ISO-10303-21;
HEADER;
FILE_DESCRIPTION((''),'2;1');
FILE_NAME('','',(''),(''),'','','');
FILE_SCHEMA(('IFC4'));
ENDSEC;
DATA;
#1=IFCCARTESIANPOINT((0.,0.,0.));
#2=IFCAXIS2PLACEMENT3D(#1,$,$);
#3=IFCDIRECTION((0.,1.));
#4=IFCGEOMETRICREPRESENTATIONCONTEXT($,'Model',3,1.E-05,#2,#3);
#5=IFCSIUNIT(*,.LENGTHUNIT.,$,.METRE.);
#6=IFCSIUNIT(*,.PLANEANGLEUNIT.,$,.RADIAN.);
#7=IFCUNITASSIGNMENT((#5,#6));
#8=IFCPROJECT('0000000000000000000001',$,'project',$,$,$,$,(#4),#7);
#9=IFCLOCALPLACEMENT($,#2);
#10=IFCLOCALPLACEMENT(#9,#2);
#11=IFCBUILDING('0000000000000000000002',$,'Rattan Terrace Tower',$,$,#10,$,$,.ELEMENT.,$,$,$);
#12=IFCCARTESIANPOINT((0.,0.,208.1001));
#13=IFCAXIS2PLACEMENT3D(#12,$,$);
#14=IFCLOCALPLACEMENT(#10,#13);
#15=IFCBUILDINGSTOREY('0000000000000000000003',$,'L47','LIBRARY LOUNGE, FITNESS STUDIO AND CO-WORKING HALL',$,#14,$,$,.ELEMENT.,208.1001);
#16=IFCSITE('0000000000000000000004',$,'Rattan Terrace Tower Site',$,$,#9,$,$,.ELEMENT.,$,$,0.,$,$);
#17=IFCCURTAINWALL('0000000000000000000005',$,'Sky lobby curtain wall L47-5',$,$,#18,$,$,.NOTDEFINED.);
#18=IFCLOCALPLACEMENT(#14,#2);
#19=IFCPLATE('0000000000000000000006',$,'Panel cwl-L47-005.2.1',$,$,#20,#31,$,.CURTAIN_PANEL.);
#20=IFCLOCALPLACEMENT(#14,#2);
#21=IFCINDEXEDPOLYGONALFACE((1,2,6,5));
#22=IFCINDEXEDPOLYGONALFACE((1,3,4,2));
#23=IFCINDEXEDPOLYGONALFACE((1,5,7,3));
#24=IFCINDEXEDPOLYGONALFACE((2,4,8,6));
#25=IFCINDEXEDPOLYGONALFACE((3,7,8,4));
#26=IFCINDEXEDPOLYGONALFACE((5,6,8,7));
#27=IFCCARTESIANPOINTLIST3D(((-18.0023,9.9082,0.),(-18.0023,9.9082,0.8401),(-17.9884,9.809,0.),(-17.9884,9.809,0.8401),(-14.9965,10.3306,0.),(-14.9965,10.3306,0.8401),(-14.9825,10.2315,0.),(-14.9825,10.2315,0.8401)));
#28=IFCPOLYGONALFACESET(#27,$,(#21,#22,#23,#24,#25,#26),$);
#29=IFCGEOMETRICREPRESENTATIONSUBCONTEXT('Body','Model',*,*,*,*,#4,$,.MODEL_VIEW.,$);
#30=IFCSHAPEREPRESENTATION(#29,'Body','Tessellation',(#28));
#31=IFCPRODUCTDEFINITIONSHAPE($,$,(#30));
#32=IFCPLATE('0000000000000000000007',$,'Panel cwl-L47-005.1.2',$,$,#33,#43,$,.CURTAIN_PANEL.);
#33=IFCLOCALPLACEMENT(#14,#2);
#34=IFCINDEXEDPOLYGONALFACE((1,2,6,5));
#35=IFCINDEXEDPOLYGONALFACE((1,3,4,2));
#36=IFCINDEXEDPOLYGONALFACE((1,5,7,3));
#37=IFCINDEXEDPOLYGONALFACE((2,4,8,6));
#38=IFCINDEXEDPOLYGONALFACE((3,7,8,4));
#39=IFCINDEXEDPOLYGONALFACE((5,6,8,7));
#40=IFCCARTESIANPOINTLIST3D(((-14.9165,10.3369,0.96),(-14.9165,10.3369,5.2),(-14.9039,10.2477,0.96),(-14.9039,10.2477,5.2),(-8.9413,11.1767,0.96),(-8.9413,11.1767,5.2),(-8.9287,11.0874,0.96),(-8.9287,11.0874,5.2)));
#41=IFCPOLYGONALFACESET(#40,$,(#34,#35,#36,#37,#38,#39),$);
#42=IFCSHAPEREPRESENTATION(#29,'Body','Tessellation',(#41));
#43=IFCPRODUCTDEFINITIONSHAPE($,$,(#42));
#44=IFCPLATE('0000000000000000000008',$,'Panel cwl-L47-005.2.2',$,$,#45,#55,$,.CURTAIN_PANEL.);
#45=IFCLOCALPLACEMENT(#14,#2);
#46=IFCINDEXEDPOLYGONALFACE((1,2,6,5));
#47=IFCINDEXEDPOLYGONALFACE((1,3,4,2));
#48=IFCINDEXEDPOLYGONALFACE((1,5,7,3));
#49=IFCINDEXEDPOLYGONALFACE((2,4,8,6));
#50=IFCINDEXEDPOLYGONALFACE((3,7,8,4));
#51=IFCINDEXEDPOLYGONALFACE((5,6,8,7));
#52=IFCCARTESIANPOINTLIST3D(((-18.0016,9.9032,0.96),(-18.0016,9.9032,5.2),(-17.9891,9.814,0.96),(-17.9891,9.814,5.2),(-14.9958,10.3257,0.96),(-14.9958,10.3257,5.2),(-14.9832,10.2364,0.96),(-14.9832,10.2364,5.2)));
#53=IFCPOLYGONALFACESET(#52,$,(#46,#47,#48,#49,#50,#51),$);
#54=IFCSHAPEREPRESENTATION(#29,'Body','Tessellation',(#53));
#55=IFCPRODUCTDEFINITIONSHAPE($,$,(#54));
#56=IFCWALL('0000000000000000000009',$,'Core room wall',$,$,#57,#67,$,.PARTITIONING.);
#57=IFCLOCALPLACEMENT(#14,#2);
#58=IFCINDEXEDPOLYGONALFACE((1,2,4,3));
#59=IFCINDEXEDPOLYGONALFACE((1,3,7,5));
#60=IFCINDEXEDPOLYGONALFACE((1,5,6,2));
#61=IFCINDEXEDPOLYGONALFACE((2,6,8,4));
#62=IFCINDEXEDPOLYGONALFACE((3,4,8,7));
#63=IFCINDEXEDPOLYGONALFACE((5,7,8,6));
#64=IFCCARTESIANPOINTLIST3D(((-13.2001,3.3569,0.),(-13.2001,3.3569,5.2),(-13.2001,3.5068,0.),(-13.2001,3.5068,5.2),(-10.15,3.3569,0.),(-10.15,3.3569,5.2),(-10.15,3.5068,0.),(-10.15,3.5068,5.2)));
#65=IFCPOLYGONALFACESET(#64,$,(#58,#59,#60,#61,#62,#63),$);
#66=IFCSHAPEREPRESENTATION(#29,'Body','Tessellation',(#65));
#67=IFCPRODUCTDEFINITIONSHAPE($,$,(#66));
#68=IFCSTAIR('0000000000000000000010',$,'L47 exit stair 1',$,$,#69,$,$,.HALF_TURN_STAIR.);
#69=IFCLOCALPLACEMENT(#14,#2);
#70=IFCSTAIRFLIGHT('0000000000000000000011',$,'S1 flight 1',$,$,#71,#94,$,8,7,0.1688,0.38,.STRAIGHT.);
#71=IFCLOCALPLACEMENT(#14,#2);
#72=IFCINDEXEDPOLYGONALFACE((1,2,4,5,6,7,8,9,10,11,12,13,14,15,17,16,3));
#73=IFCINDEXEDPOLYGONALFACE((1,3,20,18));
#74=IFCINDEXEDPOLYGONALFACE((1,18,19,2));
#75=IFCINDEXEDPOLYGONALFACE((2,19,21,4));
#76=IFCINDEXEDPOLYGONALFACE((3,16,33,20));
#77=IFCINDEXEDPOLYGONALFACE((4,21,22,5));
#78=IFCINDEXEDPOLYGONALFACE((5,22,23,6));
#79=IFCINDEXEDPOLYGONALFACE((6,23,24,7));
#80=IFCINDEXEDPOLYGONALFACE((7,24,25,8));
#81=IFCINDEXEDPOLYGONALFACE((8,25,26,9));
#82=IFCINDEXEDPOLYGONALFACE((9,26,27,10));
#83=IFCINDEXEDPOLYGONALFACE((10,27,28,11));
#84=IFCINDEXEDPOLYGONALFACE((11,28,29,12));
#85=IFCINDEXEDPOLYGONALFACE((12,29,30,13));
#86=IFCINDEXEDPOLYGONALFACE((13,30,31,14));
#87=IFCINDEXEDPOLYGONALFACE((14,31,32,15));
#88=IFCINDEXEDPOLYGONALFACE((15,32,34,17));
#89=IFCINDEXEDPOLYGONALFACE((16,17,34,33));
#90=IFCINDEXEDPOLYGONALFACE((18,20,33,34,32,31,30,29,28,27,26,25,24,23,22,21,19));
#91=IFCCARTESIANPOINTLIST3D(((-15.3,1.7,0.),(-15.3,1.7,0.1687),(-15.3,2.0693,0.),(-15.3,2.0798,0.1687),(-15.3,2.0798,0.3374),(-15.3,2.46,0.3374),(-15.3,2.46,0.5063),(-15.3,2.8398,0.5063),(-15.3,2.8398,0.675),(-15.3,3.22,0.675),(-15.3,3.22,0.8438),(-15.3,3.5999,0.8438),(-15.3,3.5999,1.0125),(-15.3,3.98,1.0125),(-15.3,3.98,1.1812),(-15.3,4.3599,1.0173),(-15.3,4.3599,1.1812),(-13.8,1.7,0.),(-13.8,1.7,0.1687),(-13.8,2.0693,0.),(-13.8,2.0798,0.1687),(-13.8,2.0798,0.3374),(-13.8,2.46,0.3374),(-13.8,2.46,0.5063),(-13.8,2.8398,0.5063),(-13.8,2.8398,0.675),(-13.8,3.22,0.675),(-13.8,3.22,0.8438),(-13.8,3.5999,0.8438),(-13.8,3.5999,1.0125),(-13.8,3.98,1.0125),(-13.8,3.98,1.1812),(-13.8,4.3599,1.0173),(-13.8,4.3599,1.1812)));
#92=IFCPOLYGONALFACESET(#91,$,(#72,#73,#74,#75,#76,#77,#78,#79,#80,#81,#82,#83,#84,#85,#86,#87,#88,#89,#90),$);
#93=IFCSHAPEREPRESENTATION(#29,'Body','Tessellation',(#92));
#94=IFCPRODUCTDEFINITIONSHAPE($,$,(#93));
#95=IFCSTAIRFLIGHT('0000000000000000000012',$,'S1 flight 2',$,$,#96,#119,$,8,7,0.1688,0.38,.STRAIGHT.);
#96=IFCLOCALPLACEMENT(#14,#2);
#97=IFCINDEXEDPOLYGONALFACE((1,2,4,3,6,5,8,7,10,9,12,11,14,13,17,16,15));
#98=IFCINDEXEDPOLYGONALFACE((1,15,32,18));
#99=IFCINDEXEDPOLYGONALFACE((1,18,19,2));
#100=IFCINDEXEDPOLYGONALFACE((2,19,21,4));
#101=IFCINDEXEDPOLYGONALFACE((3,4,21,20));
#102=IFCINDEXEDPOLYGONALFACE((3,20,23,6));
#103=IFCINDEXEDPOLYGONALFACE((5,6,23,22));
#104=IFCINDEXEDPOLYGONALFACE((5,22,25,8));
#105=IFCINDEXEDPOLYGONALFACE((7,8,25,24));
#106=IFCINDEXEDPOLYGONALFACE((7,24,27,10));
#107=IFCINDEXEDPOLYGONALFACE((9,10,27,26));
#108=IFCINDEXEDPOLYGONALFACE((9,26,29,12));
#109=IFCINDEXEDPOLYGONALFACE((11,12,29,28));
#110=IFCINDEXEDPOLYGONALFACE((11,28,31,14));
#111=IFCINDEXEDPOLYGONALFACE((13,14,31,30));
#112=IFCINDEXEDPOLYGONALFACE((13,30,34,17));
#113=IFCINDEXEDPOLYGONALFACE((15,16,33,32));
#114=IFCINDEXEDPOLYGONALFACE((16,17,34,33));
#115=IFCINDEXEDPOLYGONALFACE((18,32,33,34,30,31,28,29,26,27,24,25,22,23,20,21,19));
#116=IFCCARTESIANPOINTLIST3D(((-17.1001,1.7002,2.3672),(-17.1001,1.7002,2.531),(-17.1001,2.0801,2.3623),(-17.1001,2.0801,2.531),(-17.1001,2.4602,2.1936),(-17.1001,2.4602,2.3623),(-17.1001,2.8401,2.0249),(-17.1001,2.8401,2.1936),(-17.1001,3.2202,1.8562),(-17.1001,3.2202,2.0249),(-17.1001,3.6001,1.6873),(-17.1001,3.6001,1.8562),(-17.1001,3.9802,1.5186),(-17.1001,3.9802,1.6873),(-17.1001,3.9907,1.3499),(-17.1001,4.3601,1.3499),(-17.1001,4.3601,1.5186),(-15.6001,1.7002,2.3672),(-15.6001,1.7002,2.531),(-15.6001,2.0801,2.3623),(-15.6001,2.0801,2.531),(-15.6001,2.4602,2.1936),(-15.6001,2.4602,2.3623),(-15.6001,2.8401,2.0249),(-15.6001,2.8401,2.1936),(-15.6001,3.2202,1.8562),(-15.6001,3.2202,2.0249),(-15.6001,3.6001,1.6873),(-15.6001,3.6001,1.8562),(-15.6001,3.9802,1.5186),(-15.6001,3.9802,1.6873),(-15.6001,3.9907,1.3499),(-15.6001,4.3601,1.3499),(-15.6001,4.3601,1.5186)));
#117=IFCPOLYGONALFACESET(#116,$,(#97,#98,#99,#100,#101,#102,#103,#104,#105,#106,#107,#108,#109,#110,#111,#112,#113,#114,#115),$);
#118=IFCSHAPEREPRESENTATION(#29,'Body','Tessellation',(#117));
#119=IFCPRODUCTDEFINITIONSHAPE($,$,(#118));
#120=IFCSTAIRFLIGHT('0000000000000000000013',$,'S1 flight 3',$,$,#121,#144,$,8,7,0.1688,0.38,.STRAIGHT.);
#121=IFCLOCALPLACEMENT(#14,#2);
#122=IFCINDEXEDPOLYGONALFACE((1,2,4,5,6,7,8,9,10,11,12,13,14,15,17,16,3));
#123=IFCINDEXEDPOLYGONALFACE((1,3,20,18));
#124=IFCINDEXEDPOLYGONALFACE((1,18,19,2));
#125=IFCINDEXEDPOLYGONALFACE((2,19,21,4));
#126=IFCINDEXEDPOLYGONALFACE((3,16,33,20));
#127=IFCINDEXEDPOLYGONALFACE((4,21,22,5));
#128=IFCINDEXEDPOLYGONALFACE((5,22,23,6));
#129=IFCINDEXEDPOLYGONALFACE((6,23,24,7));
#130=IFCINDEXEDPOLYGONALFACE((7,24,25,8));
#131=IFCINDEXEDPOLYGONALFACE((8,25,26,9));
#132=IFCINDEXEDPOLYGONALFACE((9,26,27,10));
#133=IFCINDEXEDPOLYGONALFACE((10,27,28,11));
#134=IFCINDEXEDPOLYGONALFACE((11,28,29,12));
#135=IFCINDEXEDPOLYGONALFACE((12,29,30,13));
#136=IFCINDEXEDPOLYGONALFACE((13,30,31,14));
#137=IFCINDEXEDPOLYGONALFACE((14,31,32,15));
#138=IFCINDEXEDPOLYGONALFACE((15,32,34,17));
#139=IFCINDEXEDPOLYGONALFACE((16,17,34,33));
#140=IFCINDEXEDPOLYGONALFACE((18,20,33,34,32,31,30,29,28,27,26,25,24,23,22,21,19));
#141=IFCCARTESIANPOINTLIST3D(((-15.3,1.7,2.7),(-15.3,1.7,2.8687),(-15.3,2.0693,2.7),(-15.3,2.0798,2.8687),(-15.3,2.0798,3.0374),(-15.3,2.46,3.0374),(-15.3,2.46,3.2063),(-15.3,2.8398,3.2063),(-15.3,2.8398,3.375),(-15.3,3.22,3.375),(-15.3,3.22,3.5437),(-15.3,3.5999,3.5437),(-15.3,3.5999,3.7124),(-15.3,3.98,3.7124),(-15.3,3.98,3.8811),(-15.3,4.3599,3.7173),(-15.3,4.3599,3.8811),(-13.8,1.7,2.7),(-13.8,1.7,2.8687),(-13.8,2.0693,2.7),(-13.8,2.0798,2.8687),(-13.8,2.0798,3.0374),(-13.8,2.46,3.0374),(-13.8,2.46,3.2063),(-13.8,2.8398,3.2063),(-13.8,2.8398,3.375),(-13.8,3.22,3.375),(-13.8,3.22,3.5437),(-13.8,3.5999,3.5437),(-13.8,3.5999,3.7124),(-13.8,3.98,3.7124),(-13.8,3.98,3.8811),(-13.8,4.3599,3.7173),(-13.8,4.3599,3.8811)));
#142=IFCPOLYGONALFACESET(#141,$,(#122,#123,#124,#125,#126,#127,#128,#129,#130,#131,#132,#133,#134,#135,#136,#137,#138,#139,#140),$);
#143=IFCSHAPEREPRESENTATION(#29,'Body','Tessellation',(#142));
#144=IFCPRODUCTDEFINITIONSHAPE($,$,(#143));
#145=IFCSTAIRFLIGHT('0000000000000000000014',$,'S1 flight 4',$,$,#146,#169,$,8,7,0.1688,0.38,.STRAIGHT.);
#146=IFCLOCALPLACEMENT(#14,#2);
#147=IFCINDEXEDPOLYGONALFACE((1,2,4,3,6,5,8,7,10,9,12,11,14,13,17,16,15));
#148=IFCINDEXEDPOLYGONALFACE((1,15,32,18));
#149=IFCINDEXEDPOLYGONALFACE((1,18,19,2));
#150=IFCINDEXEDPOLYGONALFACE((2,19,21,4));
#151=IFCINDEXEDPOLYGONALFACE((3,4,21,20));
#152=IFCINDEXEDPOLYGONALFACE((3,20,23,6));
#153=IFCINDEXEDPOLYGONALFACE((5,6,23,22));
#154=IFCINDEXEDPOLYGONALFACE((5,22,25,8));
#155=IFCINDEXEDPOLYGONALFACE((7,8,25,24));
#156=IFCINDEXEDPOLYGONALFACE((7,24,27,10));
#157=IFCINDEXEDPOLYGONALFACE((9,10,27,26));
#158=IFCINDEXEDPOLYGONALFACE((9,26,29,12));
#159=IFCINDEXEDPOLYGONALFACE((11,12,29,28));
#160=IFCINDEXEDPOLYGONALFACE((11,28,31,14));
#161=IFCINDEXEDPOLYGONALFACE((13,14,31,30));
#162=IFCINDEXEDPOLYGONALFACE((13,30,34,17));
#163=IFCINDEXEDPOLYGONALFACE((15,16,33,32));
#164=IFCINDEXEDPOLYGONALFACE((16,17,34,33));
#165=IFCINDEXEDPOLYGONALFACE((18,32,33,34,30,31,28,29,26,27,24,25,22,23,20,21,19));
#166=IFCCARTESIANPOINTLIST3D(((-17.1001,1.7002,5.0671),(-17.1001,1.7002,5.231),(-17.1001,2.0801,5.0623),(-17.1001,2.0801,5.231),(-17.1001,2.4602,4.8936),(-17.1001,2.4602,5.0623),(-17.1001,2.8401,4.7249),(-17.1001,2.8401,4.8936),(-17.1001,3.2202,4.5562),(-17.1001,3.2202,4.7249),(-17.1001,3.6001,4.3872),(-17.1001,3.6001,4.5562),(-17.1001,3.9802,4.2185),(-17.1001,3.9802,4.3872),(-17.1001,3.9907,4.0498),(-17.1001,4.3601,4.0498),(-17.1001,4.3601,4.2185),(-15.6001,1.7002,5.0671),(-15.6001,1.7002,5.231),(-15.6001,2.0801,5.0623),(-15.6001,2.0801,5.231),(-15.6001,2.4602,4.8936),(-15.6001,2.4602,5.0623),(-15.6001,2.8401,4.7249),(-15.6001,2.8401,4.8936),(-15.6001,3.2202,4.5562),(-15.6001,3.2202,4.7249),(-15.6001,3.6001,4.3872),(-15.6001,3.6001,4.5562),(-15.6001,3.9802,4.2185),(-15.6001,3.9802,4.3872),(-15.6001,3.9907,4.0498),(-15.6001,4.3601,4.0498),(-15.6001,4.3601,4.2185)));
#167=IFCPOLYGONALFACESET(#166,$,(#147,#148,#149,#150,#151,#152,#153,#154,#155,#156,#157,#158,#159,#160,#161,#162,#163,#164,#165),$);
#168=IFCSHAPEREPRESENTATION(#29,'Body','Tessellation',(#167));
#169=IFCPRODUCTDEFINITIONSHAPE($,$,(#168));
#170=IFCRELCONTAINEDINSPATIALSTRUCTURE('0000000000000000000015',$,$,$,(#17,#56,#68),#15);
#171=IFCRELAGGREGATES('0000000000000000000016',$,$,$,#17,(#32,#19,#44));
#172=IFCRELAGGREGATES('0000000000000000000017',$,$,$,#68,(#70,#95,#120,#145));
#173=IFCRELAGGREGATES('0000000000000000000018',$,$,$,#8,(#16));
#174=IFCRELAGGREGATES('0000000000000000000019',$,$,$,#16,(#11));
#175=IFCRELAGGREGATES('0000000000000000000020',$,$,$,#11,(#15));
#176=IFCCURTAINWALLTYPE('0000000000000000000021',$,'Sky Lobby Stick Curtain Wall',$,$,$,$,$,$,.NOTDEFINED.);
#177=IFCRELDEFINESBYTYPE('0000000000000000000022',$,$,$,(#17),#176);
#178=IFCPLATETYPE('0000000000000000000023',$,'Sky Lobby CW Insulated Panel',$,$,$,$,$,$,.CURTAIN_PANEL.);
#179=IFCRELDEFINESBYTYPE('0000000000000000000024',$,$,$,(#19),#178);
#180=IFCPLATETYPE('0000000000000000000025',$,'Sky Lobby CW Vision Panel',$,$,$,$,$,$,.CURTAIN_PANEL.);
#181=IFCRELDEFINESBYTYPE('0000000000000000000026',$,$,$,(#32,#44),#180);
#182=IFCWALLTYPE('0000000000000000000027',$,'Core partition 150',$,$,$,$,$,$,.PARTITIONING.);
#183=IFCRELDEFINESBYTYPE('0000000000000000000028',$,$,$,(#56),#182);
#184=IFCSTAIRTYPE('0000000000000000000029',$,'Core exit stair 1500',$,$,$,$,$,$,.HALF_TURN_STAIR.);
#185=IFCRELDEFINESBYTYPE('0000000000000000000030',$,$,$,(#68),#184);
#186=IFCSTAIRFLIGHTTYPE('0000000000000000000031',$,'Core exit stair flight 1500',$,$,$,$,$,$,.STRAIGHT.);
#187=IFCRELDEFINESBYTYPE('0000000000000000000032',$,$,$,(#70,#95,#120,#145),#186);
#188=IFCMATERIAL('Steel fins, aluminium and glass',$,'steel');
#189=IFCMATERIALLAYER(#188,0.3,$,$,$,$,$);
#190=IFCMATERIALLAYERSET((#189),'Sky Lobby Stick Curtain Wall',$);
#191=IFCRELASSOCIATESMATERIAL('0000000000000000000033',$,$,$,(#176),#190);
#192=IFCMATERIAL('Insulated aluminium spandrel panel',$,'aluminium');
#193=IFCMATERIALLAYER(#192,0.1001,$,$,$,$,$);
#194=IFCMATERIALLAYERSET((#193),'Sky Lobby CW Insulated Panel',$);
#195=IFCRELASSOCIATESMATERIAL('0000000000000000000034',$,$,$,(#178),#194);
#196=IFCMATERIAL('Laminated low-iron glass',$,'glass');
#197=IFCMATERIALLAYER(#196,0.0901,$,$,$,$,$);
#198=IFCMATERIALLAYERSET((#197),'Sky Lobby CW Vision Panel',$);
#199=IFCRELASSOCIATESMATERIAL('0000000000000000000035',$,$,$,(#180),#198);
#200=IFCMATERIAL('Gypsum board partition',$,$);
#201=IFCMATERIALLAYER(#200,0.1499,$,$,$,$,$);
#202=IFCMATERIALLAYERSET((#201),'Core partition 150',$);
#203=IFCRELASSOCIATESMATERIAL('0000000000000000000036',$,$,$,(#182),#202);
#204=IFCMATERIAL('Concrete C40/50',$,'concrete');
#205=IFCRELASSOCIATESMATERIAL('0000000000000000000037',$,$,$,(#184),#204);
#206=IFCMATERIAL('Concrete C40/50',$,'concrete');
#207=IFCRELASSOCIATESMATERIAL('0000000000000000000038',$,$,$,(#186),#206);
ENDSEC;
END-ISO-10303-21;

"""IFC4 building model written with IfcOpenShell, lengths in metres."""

from ifc_helpers import new_model, si_unit, direction, frame, frame_2d, origin, origin_2d, place, context, subcontext, project, spatial, polyline, rectangle, outline, extrude, material, layer, layer_set, type_object, element, aggregate, save


model = new_model("IFC4")

# Units and contexts
model_context = context("Model", 3, precision=1e-05, world=origin(), true_north=direction((0.0, 1.0)))
body_context = subcontext(model_context, "Body", "Model", "MODEL_VIEW")
ifc_project = project(units=[si_unit("LENGTHUNIT", "METRE"), si_unit("PLANEANGLEUNIT", "RADIAN")], contexts=[model_context])

# Site, building, storey
site_placement = place(None, origin())
site = spatial("IfcSite", under=ifc_project, at=site_placement, Name="Rattan Terrace Tower Site", CompositionType="ELEMENT", RefElevation=0.0)
building_placement = place(site_placement, origin())
building = spatial("IfcBuilding", under=site, at=building_placement, Name="Rattan Terrace Tower", CompositionType="ELEMENT")
storey_placement = place(building_placement, frame((0.0, 0.0, 208.1001)))
storey = spatial("IfcBuildingStorey", under=building, at=storey_placement, Name="L47", Description="LIBRARY LOUNGE, FITNESS STUDIO AND CO-WORKING HALL", CompositionType="ELEMENT", Elevation=208.1001)

# Curtain wall, plates
ifc_material_1 = material(Name="Steel fins, aluminium and glass", Category="steel")
ifc_layer_1 = layer(ifc_material_1, 0.3)
ifc_layer_set_1 = layer_set([ifc_layer_1], Name="Sky Lobby Stick Curtain Wall")
curtain_wall_type = type_object("IfcCurtainWallType", Name="Sky Lobby Stick Curtain Wall", PredefinedType="NOTDEFINED", material=ifc_layer_set_1)
curtain_wall_placement = place(storey_placement, origin())
curtain_wall = element("IfcCurtainWall", 1, at=curtain_wall_placement, inside=storey, type_object=curtain_wall_type, Name="Sky lobby curtain wall L47-5", PredefinedType="NOTDEFINED")
ifc_material_2 = material(Name="Insulated aluminium spandrel panel", Category="aluminium")
ifc_layer_2 = layer(ifc_material_2, 0.1001)
ifc_layer_set_2 = layer_set([ifc_layer_2], Name="Sky Lobby CW Insulated Panel")
plate_type_1 = type_object("IfcPlateType", Name="Sky Lobby CW Insulated Panel", PredefinedType="CURTAIN_PANEL", material=ifc_layer_set_2)
plate_1_placement = place(storey_placement, frame((-16.4924, 10.0698, 0.0), z_axis=(0.0, 0.0, 1.0), x_axis=(-0.990267, -0.139177, 0.0)))
plate_1 = element("IfcPlate", 2, at=plate_1_placement, type_object=plate_type_1, Name="Panel cwl-L47-005.2.1", PredefinedType="CURTAIN_PANEL", context=body_context, shape_type="SweptSolid", body=[
    extrude(rectangle(XDim=3.0354, YDim=0.1001, at=origin_2d()), origin(), (0.0, 0.0, 1.0), 0.8401),
])
ifc_material_3 = material(Name="Laminated low-iron glass", Category="glass")
ifc_layer_3 = layer(ifc_material_3, 0.0901)
ifc_layer_set_3 = layer_set([ifc_layer_3], Name="Sky Lobby CW Vision Panel")
plate_type_2 = type_object("IfcPlateType", Name="Sky Lobby CW Vision Panel", PredefinedType="CURTAIN_PANEL", material=ifc_layer_set_3)
plate_2_placement = place(storey_placement, frame((-11.9226, 10.7122, 0.96), z_axis=(0.0, 0.0, 1.0), x_axis=(-0.990267, -0.139177, 0.0)))
plate_2 = element("IfcPlate", 3, at=plate_2_placement, type_object=plate_type_2, Name="Panel cwl-L47-005.1.2", PredefinedType="CURTAIN_PANEL", context=body_context, shape_type="SweptSolid", body=[
    extrude(rectangle(XDim=6.0339, YDim=0.0901, at=origin_2d()), origin(), (0.0, 0.0, 1.0), 4.24),
])
plate_3_placement = place(storey_placement, frame((-16.4924, 10.0698, 0.96), z_axis=(0.0, 0.0, 1.0), x_axis=(-0.990267, -0.139177, 0.0)))
plate_3 = element("IfcPlate", 4, at=plate_3_placement, type_object=plate_type_2, Name="Panel cwl-L47-005.2.2", PredefinedType="CURTAIN_PANEL", context=body_context, shape_type="SweptSolid", body=[
    extrude(rectangle(XDim=3.0354, YDim=0.0901, at=origin_2d()), origin(), (0.0, 0.0, 1.0), 4.24),
])
aggregate(curtain_wall, [plate_2, plate_1, plate_3])

# Wall
ifc_material_4 = material(Name="Gypsum board partition")
ifc_layer_4 = layer(ifc_material_4, 0.1499)
ifc_layer_set_4 = layer_set([ifc_layer_4], Name="Core partition 150")
wall_type = type_object("IfcWallType", Name="Core partition 150", PredefinedType="PARTITIONING", material=ifc_layer_set_4)
wall_placement = place(storey_placement, frame((-13.2, 3.4319, 0.0), z_axis=(0.0, 0.0, 1.0), x_axis=(1.0, 0.0, 0.0)))
element("IfcWall", 5, at=wall_placement, inside=storey, type_object=wall_type, Name="Core room wall", PredefinedType="PARTITIONING", context=body_context, shape_type="SweptSolid", body=[
    extrude(rectangle(XDim=3.05, YDim=0.1499, at=frame_2d((1.5249, 0.0))), origin(), (0.0, 0.0, 1.0), 5.2),
])

# Stair, stair flights
ifc_material_5 = material(Name="Concrete C40/50", Category="concrete")
stair_type = type_object("IfcStairType", Name="Core exit stair 1500", PredefinedType="HALF_TURN_STAIR", material=ifc_material_5)
stair_placement = place(storey_placement, origin())
stair = element("IfcStair", 6, at=stair_placement, inside=storey, type_object=stair_type, Name="L47 exit stair 1", PredefinedType="HALF_TURN_STAIR")
ifc_material_6 = material(Name="Concrete C40/50", Category="concrete")
stair_flight_type = type_object("IfcStairFlightType", Name="Core exit stair flight 1500", PredefinedType="STRAIGHT", material=ifc_material_6)
stair_flight_1_placement = place(storey_placement, frame((-14.55, 1.7, 0.0), z_axis=(0.0, 0.0, 1.0), x_axis=(0.0, 1.0, 0.0)))
stair_flight_1 = element("IfcStairFlight", 7, at=stair_flight_1_placement, type_object=stair_flight_type, Name="S1 flight 1", NumberOfRisers=8, NumberOfTreads=7, PredefinedType="STRAIGHT", RiserHeight=0.1688, TreadLength=0.38, context=body_context, shape_type="SweptSolid", body=[
    extrude(outline(polyline([(0.0, 0.0), (0.0, 0.1687), (0.3799, 0.1687), (0.3799, 0.3374), (0.76, 0.3374), (0.76, 0.5063), (1.1399, 0.5063), (1.1399, 0.675), (1.52, 0.675), (1.52, 0.8438), (1.8999, 0.8438), (1.8999, 1.0125), (2.28, 1.0125), (2.28, 1.1812), (2.6599, 1.1812), (2.6599, 1.3501), (2.6599, 1.0173), (0.3694, 0.0), (0.0, 0.0)])), frame((0.0, 0.75, 0.0), z_axis=(0.0, -1.0, 0.0), x_axis=(1.0, 0.0, 0.0)), (0.0, 0.0, 1.0), 1.5),
])
stair_flight_2_placement = place(storey_placement, frame((-16.3501, 4.3601, 1.3499), z_axis=(0.0, 0.0, 1.0), x_axis=(0.0, -1.0, 0.0)))
stair_flight_2 = element("IfcStairFlight", 8, at=stair_flight_2_placement, type_object=stair_flight_type, Name="S1 flight 2", NumberOfRisers=8, NumberOfTreads=7, PredefinedType="STRAIGHT", RiserHeight=0.1688, TreadLength=0.38, context=body_context, shape_type="SweptSolid", body=[
    extrude(outline(polyline([(0.0, 0.0), (0.0, 0.1687), (0.3799, 0.1687), (0.3799, 0.3374), (0.76, 0.3374), (0.76, 0.5063), (1.1399, 0.5063), (1.1399, 0.675), (1.52, 0.675), (1.52, 0.8438), (1.8999, 0.8438), (1.8999, 1.0125), (2.28, 1.0125), (2.28, 1.1812), (2.6599, 1.1812), (2.6599, 1.3501), (2.6599, 1.0173), (0.3694, 0.0), (0.0, 0.0)])), frame((0.0, 0.75, 0.0), z_axis=(0.0, -1.0, 0.0), x_axis=(1.0, 0.0, 0.0)), (0.0, 0.0, 1.0), 1.5),
])
stair_flight_3_placement = place(storey_placement, frame((-14.55, 1.7, 2.7), z_axis=(0.0, 0.0, 1.0), x_axis=(0.0, 1.0, 0.0)))
stair_flight_3 = element("IfcStairFlight", 9, at=stair_flight_3_placement, type_object=stair_flight_type, Name="S1 flight 3", NumberOfRisers=8, NumberOfTreads=7, PredefinedType="STRAIGHT", RiserHeight=0.1688, TreadLength=0.38, context=body_context, shape_type="SweptSolid", body=[
    extrude(outline(polyline([(0.0, 0.0), (0.0, 0.1687), (0.3799, 0.1687), (0.3799, 0.3374), (0.76, 0.3374), (0.76, 0.5063), (1.1399, 0.5063), (1.1399, 0.675), (1.52, 0.675), (1.52, 0.8438), (1.8999, 0.8438), (1.8999, 1.0125), (2.28, 1.0125), (2.28, 1.1812), (2.6599, 1.1812), (2.6599, 1.3501), (2.6599, 1.0173), (0.3694, 0.0), (0.0, 0.0)])), frame((0.0, 0.75, 0.0), z_axis=(0.0, -1.0, 0.0), x_axis=(1.0, 0.0, 0.0)), (0.0, 0.0, 1.0), 1.5),
])
stair_flight_4_placement = place(storey_placement, frame((-16.3501, 4.3601, 4.0498), z_axis=(0.0, 0.0, 1.0), x_axis=(0.0, -1.0, 0.0)))
stair_flight_4 = element("IfcStairFlight", 10, at=stair_flight_4_placement, type_object=stair_flight_type, Name="S1 flight 4", NumberOfRisers=8, NumberOfTreads=7, PredefinedType="STRAIGHT", RiserHeight=0.1688, TreadLength=0.38, context=body_context, shape_type="SweptSolid", body=[
    extrude(outline(polyline([(0.0, 0.0), (0.0, 0.1687), (0.3799, 0.1687), (0.3799, 0.3374), (0.76, 0.3374), (0.76, 0.5063), (1.1399, 0.5063), (1.1399, 0.675), (1.52, 0.675), (1.52, 0.8438), (1.8999, 0.8438), (1.8999, 1.0125), (2.28, 1.0125), (2.28, 1.1812), (2.6599, 1.1812), (2.6599, 1.3501), (2.6599, 1.0173), (0.3694, 0.0), (0.0, 0.0)])), frame((0.0, 0.75, 0.0), z_axis=(0.0, -1.0, 0.0), x_axis=(1.0, 0.0, 0.0)), (0.0, 0.0, 1.0), 1.5),
])
aggregate(stair, [stair_flight_1, stair_flight_2, stair_flight_3, stair_flight_4])

save(model, "model.ifc")
